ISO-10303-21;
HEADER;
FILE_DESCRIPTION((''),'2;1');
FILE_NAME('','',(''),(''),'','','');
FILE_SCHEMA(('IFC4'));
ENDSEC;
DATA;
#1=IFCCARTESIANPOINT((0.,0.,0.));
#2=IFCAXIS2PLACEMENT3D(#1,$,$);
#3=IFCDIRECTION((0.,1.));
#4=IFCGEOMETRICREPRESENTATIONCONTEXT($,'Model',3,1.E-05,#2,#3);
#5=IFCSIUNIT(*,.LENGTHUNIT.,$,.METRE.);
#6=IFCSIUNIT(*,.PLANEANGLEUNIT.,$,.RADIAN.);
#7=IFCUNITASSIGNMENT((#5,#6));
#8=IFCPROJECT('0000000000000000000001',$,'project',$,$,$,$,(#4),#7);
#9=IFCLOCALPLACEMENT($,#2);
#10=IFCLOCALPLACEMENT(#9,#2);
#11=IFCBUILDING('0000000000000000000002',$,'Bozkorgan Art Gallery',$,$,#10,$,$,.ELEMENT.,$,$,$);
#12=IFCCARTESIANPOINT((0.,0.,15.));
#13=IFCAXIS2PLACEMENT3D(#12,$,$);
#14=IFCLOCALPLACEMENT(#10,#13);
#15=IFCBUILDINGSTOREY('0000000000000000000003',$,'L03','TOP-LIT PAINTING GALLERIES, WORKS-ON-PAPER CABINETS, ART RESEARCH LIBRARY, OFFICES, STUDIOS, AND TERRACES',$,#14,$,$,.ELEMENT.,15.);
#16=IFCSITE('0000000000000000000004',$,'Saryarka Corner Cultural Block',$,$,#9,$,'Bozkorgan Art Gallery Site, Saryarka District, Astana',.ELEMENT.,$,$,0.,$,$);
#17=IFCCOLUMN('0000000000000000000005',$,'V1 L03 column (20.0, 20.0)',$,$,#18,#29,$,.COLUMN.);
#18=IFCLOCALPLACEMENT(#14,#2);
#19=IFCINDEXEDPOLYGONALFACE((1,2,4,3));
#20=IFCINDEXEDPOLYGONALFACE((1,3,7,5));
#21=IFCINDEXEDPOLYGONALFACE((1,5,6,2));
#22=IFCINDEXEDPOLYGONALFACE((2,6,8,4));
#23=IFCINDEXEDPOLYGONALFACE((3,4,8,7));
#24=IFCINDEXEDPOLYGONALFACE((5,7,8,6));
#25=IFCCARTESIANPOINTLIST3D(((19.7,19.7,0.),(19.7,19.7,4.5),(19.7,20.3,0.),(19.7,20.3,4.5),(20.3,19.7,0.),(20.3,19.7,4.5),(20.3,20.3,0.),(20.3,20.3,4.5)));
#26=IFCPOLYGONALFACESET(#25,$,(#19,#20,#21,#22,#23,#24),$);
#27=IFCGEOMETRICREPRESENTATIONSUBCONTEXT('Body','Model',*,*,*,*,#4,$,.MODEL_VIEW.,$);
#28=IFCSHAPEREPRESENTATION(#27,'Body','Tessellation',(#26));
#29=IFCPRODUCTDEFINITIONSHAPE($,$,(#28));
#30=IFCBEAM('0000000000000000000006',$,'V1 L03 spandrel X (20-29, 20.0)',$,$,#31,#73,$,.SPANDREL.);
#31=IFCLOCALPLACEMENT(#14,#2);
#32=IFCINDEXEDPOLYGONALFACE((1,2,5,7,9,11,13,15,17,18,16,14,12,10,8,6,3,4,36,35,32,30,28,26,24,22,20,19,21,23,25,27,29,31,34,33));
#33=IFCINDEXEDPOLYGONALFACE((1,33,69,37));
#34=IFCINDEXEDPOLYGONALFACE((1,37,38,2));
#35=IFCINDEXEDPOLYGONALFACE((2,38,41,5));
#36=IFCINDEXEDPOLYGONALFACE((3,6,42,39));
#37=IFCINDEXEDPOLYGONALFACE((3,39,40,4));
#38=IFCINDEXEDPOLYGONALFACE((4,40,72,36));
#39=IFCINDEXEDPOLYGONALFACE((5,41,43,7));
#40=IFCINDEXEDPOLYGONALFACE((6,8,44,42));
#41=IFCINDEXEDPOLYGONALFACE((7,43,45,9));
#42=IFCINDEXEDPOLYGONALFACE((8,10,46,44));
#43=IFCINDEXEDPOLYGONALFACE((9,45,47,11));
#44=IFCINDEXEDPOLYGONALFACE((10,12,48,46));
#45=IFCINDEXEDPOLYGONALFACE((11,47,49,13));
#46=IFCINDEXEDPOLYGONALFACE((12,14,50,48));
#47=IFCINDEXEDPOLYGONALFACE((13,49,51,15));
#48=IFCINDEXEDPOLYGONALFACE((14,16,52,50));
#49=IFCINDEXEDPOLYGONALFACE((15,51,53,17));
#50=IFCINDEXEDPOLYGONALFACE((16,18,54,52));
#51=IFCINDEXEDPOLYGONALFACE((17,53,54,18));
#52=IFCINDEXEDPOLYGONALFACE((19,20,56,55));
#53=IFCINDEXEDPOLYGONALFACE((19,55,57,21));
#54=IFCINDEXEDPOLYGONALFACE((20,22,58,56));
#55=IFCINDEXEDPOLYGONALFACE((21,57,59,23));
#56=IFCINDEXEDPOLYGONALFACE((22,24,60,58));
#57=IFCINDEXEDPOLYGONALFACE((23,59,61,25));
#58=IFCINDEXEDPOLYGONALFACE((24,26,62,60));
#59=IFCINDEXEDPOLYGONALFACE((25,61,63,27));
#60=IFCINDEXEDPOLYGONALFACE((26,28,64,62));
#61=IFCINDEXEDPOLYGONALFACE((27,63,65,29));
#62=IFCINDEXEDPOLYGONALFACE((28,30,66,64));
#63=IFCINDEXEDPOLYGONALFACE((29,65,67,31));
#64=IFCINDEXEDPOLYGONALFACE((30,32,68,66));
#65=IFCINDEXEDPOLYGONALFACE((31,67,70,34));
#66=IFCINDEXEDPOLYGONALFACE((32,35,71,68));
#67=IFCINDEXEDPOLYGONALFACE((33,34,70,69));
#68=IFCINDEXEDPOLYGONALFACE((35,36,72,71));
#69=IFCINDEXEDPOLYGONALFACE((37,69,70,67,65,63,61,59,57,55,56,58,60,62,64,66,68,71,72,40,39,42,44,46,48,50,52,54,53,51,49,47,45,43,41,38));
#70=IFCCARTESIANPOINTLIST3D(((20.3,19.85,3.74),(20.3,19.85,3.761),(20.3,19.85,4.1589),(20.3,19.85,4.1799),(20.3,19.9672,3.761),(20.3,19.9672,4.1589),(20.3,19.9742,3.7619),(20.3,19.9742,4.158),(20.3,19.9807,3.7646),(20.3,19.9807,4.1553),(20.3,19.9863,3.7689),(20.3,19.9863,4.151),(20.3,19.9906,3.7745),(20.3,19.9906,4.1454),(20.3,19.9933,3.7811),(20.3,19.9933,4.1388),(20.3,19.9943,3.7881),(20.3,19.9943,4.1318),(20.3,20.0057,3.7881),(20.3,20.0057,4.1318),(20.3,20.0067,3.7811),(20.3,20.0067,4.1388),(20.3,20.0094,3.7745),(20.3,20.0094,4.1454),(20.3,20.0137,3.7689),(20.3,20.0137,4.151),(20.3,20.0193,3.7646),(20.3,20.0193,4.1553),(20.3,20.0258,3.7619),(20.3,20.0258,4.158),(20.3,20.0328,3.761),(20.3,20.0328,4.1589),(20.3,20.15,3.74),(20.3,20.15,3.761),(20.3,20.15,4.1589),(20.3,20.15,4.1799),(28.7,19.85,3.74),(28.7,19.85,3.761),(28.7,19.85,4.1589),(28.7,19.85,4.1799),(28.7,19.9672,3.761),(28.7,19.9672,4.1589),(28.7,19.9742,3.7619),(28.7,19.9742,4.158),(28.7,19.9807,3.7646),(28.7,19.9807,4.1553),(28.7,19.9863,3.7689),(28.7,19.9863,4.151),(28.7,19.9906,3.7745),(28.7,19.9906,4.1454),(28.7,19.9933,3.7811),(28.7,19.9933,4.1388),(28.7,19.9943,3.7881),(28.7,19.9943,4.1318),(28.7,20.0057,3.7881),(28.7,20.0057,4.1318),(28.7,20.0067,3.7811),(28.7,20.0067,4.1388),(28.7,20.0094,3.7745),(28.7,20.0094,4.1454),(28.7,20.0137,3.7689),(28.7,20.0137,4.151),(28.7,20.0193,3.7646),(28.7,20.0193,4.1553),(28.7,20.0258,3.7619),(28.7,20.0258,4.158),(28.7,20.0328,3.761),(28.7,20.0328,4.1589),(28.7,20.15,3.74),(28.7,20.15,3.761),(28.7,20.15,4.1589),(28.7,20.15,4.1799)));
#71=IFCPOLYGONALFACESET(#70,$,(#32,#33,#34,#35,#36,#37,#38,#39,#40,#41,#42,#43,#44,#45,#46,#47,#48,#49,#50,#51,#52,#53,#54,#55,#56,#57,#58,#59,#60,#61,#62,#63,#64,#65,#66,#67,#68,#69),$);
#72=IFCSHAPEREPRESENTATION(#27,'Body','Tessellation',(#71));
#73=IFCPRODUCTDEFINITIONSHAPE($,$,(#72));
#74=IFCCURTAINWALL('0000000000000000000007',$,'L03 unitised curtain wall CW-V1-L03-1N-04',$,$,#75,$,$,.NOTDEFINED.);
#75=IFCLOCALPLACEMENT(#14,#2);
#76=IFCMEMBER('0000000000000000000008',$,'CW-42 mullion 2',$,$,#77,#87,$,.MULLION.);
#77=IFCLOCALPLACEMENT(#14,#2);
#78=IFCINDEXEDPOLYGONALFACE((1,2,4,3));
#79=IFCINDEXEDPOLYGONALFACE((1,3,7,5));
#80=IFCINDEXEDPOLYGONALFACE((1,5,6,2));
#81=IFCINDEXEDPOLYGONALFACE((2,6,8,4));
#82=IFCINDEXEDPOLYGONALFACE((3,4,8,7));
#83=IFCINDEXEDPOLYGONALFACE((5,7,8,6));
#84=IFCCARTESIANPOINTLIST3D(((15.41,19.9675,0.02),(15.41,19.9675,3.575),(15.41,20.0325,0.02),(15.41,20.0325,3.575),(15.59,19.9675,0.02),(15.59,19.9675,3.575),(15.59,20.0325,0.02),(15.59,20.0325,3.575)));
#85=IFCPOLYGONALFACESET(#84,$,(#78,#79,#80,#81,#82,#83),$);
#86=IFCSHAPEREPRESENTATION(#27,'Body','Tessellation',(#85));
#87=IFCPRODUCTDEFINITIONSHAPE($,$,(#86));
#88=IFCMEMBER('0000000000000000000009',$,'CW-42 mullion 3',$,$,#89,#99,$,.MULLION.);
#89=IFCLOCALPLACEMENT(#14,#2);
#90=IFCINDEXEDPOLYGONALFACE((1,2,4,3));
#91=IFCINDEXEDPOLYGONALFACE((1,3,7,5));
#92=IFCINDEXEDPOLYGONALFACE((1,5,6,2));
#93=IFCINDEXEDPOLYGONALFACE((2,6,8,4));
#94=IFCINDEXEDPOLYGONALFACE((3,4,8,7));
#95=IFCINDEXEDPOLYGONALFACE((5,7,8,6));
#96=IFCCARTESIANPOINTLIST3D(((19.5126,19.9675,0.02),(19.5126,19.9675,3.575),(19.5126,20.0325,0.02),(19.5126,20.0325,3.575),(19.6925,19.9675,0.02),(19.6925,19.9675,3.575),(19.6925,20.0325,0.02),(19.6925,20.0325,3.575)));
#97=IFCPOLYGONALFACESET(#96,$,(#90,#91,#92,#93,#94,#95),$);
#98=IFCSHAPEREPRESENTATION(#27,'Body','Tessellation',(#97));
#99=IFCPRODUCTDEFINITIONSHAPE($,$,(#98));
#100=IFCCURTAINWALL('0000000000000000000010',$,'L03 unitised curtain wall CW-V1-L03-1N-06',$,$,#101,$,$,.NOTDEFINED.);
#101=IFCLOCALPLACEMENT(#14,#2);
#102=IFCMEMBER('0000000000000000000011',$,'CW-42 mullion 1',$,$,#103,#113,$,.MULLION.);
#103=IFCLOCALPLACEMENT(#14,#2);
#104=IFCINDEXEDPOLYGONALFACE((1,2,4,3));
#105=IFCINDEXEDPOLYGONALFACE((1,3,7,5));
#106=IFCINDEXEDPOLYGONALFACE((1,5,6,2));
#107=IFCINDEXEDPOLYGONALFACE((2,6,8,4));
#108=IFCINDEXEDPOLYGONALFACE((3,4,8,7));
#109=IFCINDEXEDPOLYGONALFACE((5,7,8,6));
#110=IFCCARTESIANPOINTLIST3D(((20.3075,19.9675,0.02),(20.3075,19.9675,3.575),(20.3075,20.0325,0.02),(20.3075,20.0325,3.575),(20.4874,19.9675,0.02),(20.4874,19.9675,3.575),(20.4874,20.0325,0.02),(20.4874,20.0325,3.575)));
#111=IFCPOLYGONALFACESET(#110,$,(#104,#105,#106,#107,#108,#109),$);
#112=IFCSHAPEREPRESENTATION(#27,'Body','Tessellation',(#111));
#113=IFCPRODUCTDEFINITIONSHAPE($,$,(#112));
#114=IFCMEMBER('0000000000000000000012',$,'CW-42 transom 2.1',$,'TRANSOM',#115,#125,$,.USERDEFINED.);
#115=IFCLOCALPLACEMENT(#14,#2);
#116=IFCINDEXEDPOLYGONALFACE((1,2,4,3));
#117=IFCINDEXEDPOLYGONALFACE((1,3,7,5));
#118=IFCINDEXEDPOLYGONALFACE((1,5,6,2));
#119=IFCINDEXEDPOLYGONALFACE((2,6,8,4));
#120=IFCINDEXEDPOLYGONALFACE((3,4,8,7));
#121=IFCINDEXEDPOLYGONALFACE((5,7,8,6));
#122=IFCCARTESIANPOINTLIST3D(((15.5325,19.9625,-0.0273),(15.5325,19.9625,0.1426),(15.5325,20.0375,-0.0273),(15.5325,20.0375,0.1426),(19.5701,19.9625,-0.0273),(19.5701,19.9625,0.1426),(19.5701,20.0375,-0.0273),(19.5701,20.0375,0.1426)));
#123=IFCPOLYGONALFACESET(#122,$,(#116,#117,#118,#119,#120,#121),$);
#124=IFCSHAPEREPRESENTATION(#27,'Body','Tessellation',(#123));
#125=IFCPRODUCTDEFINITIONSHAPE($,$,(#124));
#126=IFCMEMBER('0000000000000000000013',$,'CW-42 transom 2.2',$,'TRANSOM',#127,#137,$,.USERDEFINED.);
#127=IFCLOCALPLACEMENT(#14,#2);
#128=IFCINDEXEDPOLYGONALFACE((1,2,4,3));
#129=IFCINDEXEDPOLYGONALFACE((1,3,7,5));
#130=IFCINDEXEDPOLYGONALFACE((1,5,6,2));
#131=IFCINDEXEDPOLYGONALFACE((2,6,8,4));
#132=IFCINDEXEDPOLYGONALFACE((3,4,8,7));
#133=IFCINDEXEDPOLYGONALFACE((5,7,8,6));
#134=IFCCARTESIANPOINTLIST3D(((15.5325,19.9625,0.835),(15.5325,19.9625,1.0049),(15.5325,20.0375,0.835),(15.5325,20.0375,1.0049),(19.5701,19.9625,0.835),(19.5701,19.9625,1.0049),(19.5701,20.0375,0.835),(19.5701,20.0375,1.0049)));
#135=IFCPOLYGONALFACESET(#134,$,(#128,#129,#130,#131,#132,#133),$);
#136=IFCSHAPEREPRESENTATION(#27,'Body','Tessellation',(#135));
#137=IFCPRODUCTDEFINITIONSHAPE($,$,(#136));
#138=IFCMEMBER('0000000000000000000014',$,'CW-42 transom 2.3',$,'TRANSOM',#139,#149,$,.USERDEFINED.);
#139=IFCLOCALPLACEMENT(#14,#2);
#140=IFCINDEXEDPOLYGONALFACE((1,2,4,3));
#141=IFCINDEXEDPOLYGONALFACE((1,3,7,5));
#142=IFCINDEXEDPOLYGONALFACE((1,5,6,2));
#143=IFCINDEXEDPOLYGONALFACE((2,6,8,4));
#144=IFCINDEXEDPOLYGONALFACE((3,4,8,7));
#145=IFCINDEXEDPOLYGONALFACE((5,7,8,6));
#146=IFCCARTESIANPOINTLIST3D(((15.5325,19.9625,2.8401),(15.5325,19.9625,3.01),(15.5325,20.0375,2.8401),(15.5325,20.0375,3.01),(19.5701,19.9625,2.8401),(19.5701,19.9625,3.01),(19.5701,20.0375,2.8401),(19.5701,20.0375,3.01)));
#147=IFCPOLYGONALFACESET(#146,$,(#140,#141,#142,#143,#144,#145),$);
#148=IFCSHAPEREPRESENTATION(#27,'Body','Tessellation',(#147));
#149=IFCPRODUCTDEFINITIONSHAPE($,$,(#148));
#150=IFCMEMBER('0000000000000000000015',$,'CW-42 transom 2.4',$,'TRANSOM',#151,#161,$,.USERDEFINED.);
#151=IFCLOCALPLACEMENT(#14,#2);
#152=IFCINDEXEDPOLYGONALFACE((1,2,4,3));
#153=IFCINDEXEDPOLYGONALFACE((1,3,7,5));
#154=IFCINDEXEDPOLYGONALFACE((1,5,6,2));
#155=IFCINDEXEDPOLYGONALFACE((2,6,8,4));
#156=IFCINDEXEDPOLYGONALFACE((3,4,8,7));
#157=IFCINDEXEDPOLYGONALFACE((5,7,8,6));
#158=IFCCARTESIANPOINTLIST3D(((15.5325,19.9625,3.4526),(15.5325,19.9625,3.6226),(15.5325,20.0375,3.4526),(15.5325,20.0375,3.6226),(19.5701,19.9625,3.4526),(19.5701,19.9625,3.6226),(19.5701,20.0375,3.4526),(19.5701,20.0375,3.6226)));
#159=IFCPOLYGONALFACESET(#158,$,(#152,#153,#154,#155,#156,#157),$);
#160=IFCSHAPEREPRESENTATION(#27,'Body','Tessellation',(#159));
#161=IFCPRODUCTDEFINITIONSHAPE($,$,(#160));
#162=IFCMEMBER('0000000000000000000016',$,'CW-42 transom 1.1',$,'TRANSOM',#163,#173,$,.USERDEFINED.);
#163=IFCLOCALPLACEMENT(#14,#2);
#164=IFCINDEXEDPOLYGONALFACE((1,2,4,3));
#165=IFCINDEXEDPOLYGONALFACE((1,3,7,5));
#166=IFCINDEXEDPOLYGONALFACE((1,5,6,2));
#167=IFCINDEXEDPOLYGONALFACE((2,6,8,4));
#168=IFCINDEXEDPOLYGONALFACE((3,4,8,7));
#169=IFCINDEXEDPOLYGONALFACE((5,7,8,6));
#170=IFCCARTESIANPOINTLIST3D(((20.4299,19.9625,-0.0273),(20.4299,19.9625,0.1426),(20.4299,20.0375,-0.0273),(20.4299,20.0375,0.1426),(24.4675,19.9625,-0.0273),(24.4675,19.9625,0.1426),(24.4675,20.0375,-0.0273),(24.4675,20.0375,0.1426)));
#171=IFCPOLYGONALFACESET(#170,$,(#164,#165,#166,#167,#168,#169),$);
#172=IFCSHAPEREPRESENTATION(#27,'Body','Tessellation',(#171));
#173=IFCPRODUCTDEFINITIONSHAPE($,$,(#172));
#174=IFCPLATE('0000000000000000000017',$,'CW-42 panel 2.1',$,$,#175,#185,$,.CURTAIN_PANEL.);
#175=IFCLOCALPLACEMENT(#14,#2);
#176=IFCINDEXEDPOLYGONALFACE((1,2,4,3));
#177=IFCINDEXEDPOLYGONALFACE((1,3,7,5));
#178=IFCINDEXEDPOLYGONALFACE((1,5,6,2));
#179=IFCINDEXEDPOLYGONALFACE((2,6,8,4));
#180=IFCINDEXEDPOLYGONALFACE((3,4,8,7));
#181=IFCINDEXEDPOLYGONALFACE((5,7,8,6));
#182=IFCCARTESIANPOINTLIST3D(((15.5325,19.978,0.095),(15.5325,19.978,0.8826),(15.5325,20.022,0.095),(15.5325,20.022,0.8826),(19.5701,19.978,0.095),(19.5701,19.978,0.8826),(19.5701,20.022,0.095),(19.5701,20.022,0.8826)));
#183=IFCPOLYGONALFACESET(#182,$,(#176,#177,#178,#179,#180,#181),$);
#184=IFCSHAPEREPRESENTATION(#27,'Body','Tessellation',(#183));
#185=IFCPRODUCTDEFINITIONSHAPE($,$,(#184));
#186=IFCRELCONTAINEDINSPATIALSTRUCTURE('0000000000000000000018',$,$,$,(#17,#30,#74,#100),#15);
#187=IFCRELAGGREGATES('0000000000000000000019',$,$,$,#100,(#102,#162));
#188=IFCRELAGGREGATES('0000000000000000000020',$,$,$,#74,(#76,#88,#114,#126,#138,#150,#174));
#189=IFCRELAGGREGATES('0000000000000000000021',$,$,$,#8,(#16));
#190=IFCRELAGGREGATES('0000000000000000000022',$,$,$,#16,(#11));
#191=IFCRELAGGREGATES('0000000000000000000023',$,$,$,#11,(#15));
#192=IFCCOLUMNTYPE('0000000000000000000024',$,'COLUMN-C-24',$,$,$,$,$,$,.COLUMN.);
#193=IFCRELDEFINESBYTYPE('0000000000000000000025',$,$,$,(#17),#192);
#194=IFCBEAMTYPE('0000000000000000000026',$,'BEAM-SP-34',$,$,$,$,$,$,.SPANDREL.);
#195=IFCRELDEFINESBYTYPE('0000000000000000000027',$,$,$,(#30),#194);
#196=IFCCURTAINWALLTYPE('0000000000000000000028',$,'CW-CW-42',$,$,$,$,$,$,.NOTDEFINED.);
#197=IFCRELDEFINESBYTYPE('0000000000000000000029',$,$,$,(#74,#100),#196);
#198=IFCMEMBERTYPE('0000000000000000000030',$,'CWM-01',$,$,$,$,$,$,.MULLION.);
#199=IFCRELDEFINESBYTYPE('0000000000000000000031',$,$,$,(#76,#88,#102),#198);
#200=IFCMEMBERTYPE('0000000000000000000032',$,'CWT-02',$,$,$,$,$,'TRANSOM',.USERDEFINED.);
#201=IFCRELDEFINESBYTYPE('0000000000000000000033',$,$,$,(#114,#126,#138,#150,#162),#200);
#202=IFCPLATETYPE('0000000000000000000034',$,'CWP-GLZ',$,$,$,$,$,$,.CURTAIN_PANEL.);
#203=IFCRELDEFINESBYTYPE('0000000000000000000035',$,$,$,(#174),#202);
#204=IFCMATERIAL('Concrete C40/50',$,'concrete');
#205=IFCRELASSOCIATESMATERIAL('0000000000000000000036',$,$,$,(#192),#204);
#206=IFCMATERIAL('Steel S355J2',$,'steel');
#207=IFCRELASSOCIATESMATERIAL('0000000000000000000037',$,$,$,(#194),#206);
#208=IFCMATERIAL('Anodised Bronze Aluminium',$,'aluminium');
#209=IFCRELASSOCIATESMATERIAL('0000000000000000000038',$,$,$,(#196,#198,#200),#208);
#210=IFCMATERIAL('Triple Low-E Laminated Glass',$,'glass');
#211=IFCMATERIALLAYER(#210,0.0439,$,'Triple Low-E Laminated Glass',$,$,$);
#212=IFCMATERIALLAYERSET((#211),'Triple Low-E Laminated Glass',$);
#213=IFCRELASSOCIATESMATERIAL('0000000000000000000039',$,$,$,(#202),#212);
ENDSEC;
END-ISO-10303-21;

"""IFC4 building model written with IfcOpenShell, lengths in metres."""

from ifc_helpers import new_model, si_unit, direction, frame, origin, origin_2d, place, context, subcontext, project, spatial, rectangle, i_section, extrude, material, layer, layer_set, material_profile, profile_set, type_object, element, aggregate, save


model = new_model("IFC4")

# Units and contexts
model_context = context("Model", 3, precision=1e-05, world=origin(), true_north=direction((0.0, 1.0)))
body_context = subcontext(model_context, "Body", "Model", "MODEL_VIEW")
ifc_project = project(units=[si_unit("LENGTHUNIT", "METRE"), si_unit("PLANEANGLEUNIT", "RADIAN")], contexts=[model_context])

# Site, building, storey
site_placement = place(None, origin())
site = spatial("IfcSite", under=ifc_project, at=site_placement, Name="Saryarka Corner Cultural Block", LongName="Bozkorgan Art Gallery Site, Saryarka District, Astana", CompositionType="ELEMENT", RefElevation=0.0)
building_placement = place(site_placement, origin())
building = spatial("IfcBuilding", under=site, at=building_placement, Name="Bozkorgan Art Gallery", CompositionType="ELEMENT")
storey_placement = place(building_placement, frame((0.0, 0.0, 15.0)))
storey = spatial("IfcBuildingStorey", under=building, at=storey_placement, Name="L03", Description="TOP-LIT PAINTING GALLERIES, WORKS-ON-PAPER CABINETS, ART RESEARCH LIBRARY, OFFICES, STUDIOS, AND TERRACES", CompositionType="ELEMENT", Elevation=15.0)

# Column
ifc_material_1 = material(Name="Concrete C40/50", Category="concrete")
ifc_material_profile_1 = material_profile(ifc_material_1, rectangle(XDim=0.6001, YDim=0.6001, at=origin_2d()), Name="RC 600x600")
ifc_profile_set_1 = profile_set([ifc_material_profile_1], Name="Concrete C40/50")
column_type = type_object("IfcColumnType", Name="COLUMN-C-24", PredefinedType="COLUMN", material=ifc_profile_set_1)
column_placement = place(storey_placement, frame((20.0, 20.0, 0.0), z_axis=(0.0, 0.0, 1.0), x_axis=(1.0, 0.0, 0.0)))
element("IfcColumn", 1, at=column_placement, inside=storey, type_object=column_type, Name="V1 L03 column (20.0, 20.0)", PredefinedType="COLUMN", context=body_context, shape_type="SweptSolid", body=[
    extrude(rectangle(XDim=0.6001, YDim=0.6001, at=origin_2d()), origin(), (0.0, 0.0, 1.0), 4.5),
])

# Beam
ifc_material_2 = material(Name="Steel S355J2", Category="steel")
ifc_material_profile_2 = material_profile(ifc_material_2, i_section(OverallWidth=0.3, OverallDepth=0.4399, WebThickness=0.0115, FlangeThickness=0.021, FilletRadius=0.0271, at=origin_2d()), Name="HEA 450")
ifc_profile_set_2 = profile_set([ifc_material_profile_2], Name="Steel S355J2")
beam_type = type_object("IfcBeamType", Name="BEAM-SP-34", PredefinedType="SPANDREL", material=ifc_profile_set_2)
beam_placement = place(storey_placement, frame((20.3, 20.0, 3.96), z_axis=(1.0, 0.0, 0.0), x_axis=(0.0, 1.0, 0.0)))
element("IfcBeam", 2, at=beam_placement, inside=storey, type_object=beam_type, Name="V1 L03 spandrel X (20-29, 20.0)", PredefinedType="SPANDREL", context=body_context, shape_type="SweptSolid", body=[
    extrude(i_section(OverallWidth=0.3, OverallDepth=0.4399, WebThickness=0.0115, FlangeThickness=0.021, FilletRadius=0.0271, at=origin_2d()), origin(), (0.0, 0.0, 1.0), 8.3999),
])

# Curtain wall, members
ifc_material_3 = material(Name="Anodised Bronze Aluminium", Category="aluminium")
curtain_wall_type = type_object("IfcCurtainWallType", Name="CW-CW-42", PredefinedType="NOTDEFINED", material=ifc_material_3)
curtain_wall_1_placement = place(storey_placement, origin())
curtain_wall_1 = element("IfcCurtainWall", 3, at=curtain_wall_1_placement, inside=storey, type_object=curtain_wall_type, Name="L03 unitised curtain wall CW-V1-L03-1N-04", PredefinedType="NOTDEFINED")
ifc_material_profile_3 = material_profile(ifc_material_3, rectangle(XDim=0.0649, YDim=0.1799, at=origin_2d()), Name="ALU MULLION 65x180")
ifc_profile_set_3 = profile_set([ifc_material_profile_3], Name="Anodised Bronze Aluminium")
member_type_1 = type_object("IfcMemberType", Name="CWM-01", PredefinedType="MULLION", material=ifc_profile_set_3)
member_1_placement = place(storey_placement, frame((15.5, 20.0, 0.02), z_axis=(0.0, 0.0, 1.0), x_axis=(0.0, 1.0, 0.0)))
member_1 = element("IfcMember", 4, at=member_1_placement, type_object=member_type_1, Name="CW-42 mullion 2", PredefinedType="MULLION", context=body_context, shape_type="SweptSolid", body=[
    extrude(rectangle(XDim=0.0649, YDim=0.1799, at=origin_2d()), origin(), (0.0, 0.0, 1.0), 3.5549),
])
member_2_placement = place(storey_placement, frame((19.6025, 20.0, 0.02), z_axis=(0.0, 0.0, 1.0), x_axis=(0.0, 1.0, 0.0)))
member_2 = element("IfcMember", 5, at=member_2_placement, type_object=member_type_1, Name="CW-42 mullion 3", PredefinedType="MULLION", context=body_context, shape_type="SweptSolid", body=[
    extrude(rectangle(XDim=0.0649, YDim=0.1799, at=origin_2d()), origin(), (0.0, 0.0, 1.0), 3.5549),
])

# Curtain wall, member
curtain_wall_2_placement = place(storey_placement, origin())
curtain_wall_2 = element("IfcCurtainWall", 6, at=curtain_wall_2_placement, inside=storey, type_object=curtain_wall_type, Name="L03 unitised curtain wall CW-V1-L03-1N-06", PredefinedType="NOTDEFINED")
member_3_placement = place(storey_placement, frame((20.3975, 20.0, 0.02), z_axis=(0.0, 0.0, 1.0), x_axis=(0.0, 1.0, 0.0)))
member_3 = element("IfcMember", 7, at=member_3_placement, type_object=member_type_1, Name="CW-42 mullion 1", PredefinedType="MULLION", context=body_context, shape_type="SweptSolid", body=[
    extrude(rectangle(XDim=0.0649, YDim=0.1799, at=origin_2d()), origin(), (0.0, 0.0, 1.0), 3.5549),
])

# Members
ifc_material_profile_4 = material_profile(ifc_material_3, rectangle(XDim=0.075, YDim=0.1699, at=origin_2d()), Name="ALU TRANSOM 75x170")
ifc_profile_set_4 = profile_set([ifc_material_profile_4], Name="Anodised Bronze Aluminium")
member_type_2 = type_object("IfcMemberType", Name="CWT-02", ElementType="TRANSOM", PredefinedType="USERDEFINED", material=ifc_profile_set_4)
member_4_placement = place(storey_placement, frame((15.5325, 20.0, 0.0576), z_axis=(1.0, 0.0, 0.0), x_axis=(0.0, 1.0, 0.0)))
member_4 = element("IfcMember", 8, at=member_4_placement, type_object=member_type_2, Name="CW-42 transom 2.1", ObjectType="TRANSOM", PredefinedType="USERDEFINED", context=body_context, shape_type="SweptSolid", body=[
    extrude(rectangle(XDim=0.075, YDim=0.1699, at=origin_2d()), origin(), (0.0, 0.0, 1.0), 4.0376),
])
member_5_placement = place(storey_placement, frame((15.5325, 20.0, 0.9199), z_axis=(1.0, 0.0, 0.0), x_axis=(0.0, 1.0, 0.0)))
member_5 = element("IfcMember", 9, at=member_5_placement, type_object=member_type_2, Name="CW-42 transom 2.2", ObjectType="TRANSOM", PredefinedType="USERDEFINED", context=body_context, shape_type="SweptSolid", body=[
    extrude(rectangle(XDim=0.075, YDim=0.1699, at=origin_2d()), origin(), (0.0, 0.0, 1.0), 4.0376),
])
member_6_placement = place(storey_placement, frame((15.5325, 20.0, 2.925), z_axis=(1.0, 0.0, 0.0), x_axis=(0.0, 1.0, 0.0)))
member_6 = element("IfcMember", 10, at=member_6_placement, type_object=member_type_2, Name="CW-42 transom 2.3", ObjectType="TRANSOM", PredefinedType="USERDEFINED", context=body_context, shape_type="SweptSolid", body=[
    extrude(rectangle(XDim=0.075, YDim=0.1699, at=origin_2d()), origin(), (0.0, 0.0, 1.0), 4.0376),
])
member_7_placement = place(storey_placement, frame((15.5325, 20.0, 3.5376), z_axis=(1.0, 0.0, 0.0), x_axis=(0.0, 1.0, 0.0)))
member_7 = element("IfcMember", 11, at=member_7_placement, type_object=member_type_2, Name="CW-42 transom 2.4", ObjectType="TRANSOM", PredefinedType="USERDEFINED", context=body_context, shape_type="SweptSolid", body=[
    extrude(rectangle(XDim=0.075, YDim=0.1699, at=origin_2d()), origin(), (0.0, 0.0, 1.0), 4.0376),
])
member_8_placement = place(storey_placement, frame((20.4299, 20.0, 0.0576), z_axis=(1.0, 0.0, 0.0), x_axis=(0.0, 1.0, 0.0)))
member_8 = element("IfcMember", 12, at=member_8_placement, type_object=member_type_2, Name="CW-42 transom 1.1", ObjectType="TRANSOM", PredefinedType="USERDEFINED", context=body_context, shape_type="SweptSolid", body=[
    extrude(rectangle(XDim=0.075, YDim=0.1699, at=origin_2d()), origin(), (0.0, 0.0, 1.0), 4.0376),
])
aggregate(curtain_wall_2, [member_3, member_8])

# Plate
ifc_material_4 = material(Name="Triple Low-E Laminated Glass", Category="glass")
ifc_layer = layer(ifc_material_4, 0.0439, Name="Triple Low-E Laminated Glass")
ifc_layer_set = layer_set([ifc_layer], Name="Triple Low-E Laminated Glass")
plate_type = type_object("IfcPlateType", Name="CWP-GLZ", PredefinedType="CURTAIN_PANEL", material=ifc_layer_set)
plate_1_placement = place(storey_placement, frame((17.5513, 20.0, 0.095), z_axis=(0.0, 0.0, 1.0), x_axis=(1.0, 0.0, 0.0)))
plate_1 = element("IfcPlate", 13, at=plate_1_placement, type_object=plate_type, Name="CW-42 panel 2.1", PredefinedType="CURTAIN_PANEL", context=body_context, shape_type="SweptSolid", body=[
    extrude(rectangle(XDim=4.0376, YDim=0.0439, at=origin_2d()), origin(), (0.0, 0.0, 1.0), 0.7876),
])
aggregate(curtain_wall_1, [member_1, member_2, member_4, member_5, member_6, member_7, plate_1])

save(model, "model.ifc")
